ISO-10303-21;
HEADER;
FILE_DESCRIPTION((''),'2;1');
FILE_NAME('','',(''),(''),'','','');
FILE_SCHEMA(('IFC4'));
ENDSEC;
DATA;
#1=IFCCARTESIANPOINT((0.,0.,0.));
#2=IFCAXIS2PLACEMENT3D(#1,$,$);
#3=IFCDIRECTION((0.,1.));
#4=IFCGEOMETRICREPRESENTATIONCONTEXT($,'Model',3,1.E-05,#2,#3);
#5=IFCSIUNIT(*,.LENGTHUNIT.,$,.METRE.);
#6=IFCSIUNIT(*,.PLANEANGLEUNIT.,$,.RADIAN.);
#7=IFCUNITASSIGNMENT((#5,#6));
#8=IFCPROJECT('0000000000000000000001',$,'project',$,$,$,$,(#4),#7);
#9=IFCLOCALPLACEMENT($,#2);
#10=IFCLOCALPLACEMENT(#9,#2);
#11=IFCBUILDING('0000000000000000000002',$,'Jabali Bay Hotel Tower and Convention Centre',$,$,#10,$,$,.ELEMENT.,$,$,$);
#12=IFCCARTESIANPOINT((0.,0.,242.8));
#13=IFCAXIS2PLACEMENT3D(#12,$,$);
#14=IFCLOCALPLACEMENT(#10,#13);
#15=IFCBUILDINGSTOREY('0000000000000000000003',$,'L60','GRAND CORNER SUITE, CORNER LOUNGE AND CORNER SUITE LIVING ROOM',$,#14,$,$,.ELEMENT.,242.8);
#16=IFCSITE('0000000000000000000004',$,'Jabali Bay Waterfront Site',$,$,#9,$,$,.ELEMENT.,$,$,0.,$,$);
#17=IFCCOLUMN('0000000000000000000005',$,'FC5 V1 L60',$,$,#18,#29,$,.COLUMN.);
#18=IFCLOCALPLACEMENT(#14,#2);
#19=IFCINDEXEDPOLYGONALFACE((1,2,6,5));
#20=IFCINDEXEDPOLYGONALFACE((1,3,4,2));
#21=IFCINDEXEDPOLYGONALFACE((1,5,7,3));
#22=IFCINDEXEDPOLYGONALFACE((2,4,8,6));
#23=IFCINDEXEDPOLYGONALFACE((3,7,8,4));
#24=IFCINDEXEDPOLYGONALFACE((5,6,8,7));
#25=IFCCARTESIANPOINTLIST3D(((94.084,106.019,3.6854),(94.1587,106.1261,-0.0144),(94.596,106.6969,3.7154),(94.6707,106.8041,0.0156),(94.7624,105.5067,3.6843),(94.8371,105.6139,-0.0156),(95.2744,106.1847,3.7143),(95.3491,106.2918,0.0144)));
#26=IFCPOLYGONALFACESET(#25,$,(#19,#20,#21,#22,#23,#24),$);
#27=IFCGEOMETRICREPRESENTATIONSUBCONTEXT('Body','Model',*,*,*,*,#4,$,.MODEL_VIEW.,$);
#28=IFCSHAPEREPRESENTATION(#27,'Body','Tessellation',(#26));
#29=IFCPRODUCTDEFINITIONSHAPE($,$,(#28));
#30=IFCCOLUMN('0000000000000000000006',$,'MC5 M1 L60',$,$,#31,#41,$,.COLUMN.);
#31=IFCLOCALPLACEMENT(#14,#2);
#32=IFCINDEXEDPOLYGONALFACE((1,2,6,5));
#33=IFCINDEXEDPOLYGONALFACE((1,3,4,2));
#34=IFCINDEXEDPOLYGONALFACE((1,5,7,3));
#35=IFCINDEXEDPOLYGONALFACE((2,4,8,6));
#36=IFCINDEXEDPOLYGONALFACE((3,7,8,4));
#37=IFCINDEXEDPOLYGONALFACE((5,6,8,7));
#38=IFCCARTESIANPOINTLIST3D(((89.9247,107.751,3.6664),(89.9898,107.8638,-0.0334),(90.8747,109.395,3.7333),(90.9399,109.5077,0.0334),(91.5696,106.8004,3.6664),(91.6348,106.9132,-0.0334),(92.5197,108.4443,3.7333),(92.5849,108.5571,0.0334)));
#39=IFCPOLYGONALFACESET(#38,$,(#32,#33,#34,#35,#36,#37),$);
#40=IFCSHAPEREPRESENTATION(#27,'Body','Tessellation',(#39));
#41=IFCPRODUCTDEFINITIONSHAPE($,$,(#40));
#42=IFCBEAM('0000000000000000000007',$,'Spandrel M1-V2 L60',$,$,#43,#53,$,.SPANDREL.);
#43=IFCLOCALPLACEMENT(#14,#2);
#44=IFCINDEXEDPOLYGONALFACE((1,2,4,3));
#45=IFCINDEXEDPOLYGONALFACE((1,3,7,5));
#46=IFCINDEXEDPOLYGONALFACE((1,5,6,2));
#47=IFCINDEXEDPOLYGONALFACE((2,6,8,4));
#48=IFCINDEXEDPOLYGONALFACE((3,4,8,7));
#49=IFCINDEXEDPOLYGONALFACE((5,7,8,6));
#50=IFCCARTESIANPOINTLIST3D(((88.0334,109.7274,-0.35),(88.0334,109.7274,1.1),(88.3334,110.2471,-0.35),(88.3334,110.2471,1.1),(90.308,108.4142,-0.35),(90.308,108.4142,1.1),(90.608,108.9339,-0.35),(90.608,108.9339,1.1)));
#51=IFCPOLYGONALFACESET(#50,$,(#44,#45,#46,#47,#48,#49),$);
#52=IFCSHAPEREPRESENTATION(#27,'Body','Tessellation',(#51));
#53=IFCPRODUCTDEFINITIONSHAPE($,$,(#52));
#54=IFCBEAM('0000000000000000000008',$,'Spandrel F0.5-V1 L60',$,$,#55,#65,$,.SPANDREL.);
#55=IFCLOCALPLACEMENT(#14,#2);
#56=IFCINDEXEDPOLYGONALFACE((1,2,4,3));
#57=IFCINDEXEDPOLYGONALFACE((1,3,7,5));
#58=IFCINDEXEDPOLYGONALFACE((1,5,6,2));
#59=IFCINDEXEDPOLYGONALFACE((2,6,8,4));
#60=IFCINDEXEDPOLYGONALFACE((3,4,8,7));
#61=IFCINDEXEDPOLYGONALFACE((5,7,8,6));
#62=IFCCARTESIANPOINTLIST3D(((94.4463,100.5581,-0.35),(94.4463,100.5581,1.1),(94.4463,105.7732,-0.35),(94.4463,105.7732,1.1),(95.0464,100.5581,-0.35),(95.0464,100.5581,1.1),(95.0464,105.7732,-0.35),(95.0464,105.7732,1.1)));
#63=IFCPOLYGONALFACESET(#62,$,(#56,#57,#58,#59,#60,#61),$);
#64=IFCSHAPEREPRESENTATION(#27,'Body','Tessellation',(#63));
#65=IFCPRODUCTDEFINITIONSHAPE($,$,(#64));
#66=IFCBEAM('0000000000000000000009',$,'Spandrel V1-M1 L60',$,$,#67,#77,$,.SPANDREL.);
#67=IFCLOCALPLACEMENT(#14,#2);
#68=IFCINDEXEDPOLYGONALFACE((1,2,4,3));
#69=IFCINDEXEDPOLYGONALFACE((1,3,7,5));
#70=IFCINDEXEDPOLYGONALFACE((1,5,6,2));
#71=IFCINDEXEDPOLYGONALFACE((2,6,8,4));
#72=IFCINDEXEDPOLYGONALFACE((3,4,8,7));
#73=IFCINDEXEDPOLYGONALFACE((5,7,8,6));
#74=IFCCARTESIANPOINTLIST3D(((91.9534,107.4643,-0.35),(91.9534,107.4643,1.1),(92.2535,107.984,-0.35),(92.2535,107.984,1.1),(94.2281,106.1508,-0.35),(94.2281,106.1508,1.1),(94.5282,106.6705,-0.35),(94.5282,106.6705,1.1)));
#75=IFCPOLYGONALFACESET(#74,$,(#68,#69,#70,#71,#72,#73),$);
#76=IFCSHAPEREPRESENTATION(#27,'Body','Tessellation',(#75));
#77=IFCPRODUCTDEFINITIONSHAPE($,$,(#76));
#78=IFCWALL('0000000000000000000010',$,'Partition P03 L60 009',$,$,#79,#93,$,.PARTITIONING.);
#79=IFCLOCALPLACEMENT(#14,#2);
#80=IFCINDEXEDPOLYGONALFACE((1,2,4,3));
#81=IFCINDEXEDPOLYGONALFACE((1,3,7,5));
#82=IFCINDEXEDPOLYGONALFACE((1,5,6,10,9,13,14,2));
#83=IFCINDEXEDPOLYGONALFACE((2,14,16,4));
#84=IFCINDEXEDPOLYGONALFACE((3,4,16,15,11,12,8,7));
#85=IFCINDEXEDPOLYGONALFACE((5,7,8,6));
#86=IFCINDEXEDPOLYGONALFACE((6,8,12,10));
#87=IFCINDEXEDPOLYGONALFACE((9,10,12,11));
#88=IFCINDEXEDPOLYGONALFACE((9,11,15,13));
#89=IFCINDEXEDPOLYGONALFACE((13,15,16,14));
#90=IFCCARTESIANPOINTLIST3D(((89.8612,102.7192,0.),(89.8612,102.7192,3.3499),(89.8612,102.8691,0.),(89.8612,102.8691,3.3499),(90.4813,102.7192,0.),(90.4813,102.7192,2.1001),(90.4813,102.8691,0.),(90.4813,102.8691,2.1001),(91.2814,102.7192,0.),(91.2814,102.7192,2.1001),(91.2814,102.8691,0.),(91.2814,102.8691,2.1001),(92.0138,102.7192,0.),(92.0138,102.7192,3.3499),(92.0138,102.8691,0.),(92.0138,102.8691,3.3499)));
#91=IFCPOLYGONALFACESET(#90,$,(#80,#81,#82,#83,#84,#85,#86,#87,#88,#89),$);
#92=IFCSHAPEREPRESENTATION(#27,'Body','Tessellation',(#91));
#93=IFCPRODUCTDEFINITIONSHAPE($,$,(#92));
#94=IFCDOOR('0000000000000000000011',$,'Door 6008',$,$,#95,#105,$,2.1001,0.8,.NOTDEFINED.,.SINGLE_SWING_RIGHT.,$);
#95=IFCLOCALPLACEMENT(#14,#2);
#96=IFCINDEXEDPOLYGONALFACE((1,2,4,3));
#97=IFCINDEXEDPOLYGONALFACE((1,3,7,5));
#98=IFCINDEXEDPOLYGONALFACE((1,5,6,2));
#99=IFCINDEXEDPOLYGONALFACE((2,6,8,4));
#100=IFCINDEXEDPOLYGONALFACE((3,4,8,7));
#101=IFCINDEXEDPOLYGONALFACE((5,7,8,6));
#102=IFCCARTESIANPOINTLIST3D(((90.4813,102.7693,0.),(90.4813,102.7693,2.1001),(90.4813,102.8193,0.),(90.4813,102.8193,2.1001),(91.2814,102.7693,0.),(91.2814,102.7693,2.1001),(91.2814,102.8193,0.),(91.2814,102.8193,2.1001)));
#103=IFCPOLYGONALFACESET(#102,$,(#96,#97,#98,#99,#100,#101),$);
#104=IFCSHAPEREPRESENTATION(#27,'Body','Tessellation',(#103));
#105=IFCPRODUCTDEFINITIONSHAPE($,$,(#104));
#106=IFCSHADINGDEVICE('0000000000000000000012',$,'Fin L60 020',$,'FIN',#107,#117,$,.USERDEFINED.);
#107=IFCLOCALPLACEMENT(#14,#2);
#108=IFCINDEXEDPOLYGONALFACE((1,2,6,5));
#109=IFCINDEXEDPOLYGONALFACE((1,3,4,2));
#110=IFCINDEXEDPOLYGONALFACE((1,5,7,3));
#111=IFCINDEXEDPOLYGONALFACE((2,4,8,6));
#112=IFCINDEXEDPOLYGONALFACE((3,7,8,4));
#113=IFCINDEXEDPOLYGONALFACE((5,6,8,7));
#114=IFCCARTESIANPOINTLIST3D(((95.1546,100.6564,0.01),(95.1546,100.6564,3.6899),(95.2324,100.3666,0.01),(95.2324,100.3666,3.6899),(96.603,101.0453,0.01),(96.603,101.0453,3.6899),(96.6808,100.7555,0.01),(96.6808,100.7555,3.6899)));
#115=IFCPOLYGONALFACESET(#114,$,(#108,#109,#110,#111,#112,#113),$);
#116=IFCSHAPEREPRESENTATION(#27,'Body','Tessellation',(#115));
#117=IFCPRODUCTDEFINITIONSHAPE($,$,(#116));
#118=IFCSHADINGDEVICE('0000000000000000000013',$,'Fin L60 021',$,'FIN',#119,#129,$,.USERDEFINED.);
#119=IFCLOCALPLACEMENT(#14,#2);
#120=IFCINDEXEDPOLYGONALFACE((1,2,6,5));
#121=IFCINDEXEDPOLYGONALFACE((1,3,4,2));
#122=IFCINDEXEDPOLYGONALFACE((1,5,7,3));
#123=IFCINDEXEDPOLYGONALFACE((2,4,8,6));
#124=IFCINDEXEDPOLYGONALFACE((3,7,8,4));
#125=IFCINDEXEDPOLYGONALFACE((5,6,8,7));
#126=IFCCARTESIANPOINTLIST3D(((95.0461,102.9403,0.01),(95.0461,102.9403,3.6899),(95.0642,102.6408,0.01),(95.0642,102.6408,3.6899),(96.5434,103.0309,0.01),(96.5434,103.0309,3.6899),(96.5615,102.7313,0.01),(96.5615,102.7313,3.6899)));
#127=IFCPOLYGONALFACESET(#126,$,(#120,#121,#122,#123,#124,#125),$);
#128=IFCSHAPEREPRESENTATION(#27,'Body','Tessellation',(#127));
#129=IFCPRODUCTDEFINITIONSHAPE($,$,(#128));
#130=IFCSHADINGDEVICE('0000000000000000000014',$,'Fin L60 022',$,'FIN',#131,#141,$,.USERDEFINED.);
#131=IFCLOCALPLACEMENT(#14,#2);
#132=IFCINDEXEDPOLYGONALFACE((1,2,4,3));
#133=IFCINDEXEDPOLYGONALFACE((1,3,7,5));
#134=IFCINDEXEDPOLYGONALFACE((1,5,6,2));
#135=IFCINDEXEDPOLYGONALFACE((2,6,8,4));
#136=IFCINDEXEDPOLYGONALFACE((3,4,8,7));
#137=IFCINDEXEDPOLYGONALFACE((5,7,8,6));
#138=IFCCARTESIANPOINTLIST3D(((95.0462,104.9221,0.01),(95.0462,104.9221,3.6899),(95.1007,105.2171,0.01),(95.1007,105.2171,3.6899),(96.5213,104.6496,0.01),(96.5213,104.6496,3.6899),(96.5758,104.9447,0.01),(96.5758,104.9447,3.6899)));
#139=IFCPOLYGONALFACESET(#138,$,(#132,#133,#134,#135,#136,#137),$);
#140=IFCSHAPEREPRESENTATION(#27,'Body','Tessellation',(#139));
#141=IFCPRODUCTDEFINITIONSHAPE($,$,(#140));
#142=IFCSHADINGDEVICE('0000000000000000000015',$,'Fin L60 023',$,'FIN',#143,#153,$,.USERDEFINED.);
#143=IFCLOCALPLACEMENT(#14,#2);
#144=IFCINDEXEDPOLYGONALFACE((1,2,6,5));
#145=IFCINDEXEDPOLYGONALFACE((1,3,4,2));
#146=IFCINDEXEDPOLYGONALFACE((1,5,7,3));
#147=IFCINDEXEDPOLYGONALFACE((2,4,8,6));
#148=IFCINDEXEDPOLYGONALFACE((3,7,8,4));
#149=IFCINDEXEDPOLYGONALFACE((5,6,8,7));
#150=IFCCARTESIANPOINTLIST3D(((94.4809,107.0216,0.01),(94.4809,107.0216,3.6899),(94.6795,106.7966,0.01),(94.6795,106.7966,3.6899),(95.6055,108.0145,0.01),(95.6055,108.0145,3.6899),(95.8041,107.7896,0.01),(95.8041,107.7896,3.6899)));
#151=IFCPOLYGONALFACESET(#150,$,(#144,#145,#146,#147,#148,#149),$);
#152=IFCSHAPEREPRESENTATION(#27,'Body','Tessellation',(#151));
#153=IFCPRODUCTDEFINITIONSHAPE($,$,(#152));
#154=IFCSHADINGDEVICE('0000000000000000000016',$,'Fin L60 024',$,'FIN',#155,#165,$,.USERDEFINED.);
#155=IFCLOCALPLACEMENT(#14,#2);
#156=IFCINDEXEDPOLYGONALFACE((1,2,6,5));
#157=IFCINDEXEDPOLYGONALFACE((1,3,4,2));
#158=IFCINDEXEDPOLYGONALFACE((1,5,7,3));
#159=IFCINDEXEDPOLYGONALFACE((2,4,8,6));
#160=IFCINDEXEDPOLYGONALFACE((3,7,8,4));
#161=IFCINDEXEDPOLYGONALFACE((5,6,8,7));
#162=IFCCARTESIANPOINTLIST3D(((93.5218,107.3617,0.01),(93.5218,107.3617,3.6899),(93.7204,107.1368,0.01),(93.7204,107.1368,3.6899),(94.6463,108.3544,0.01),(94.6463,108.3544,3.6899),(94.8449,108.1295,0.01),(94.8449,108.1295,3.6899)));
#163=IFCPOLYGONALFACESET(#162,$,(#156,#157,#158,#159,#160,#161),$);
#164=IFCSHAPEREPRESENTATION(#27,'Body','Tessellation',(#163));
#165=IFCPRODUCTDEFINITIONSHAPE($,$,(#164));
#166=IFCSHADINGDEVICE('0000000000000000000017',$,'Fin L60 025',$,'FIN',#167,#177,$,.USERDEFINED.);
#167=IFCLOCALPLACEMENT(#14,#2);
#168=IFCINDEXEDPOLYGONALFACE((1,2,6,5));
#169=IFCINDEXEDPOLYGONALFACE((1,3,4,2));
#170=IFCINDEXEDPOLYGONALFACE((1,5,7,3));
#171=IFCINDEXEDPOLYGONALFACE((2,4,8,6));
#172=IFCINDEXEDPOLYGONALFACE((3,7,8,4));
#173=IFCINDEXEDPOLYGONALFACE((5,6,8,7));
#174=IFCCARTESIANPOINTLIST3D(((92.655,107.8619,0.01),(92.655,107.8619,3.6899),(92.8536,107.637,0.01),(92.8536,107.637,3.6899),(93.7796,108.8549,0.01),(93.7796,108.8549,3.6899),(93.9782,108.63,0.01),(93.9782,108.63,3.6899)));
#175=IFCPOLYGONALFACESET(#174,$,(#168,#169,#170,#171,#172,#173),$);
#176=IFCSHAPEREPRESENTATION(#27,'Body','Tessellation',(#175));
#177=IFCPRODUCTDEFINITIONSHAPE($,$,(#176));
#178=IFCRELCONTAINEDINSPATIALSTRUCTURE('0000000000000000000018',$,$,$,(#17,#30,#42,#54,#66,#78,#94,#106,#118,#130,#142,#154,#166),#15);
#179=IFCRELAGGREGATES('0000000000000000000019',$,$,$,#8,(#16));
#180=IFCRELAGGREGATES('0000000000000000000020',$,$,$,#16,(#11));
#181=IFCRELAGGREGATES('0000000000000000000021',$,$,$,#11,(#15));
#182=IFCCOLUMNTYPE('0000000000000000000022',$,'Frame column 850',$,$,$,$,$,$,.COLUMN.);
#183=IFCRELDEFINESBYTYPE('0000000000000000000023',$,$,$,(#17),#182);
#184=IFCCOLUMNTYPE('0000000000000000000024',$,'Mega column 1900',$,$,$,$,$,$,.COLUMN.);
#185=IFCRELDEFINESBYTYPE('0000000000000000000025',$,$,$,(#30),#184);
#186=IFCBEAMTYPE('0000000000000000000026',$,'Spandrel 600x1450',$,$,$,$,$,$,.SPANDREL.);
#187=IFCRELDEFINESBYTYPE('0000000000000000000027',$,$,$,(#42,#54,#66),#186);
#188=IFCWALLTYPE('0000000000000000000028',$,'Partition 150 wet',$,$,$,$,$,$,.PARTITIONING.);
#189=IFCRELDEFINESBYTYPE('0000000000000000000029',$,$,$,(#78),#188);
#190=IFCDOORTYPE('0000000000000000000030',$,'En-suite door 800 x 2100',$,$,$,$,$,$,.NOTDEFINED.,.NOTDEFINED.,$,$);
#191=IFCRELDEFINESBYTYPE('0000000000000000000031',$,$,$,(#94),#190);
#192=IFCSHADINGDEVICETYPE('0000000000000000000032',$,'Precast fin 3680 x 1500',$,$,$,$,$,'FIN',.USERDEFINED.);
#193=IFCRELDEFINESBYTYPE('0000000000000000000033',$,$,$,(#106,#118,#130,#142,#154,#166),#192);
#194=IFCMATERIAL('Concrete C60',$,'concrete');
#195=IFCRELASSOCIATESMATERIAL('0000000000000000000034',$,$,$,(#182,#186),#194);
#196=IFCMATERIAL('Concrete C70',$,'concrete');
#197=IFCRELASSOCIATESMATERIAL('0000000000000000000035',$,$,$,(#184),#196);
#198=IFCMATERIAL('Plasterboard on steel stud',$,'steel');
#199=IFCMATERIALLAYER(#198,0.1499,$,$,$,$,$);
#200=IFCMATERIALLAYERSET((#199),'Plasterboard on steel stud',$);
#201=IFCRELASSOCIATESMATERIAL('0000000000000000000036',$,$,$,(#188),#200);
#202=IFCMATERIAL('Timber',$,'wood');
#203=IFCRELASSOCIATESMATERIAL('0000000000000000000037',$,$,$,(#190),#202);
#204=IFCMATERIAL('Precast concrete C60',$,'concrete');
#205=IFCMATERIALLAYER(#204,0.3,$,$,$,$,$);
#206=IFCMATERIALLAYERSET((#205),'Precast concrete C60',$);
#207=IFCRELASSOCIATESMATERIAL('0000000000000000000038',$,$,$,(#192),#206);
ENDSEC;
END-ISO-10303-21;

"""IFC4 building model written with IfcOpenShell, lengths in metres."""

from ifc_helpers import new_model, si_unit, direction, frame, frame_2d, origin, origin_2d, place, context, subcontext, project, spatial, rectangle, extrude, material, layer, layer_set, material_profile, profile_set, type_object, element, fill, save


model = new_model("IFC4")

# Units and contexts
model_context = context("Model", 3, precision=1e-05, world=origin(), true_north=direction((0.0, 1.0)))
body_context = subcontext(model_context, "Body", "Model", "MODEL_VIEW")
ifc_project = project(units=[si_unit("LENGTHUNIT", "METRE"), si_unit("PLANEANGLEUNIT", "RADIAN")], contexts=[model_context])

# Site, building, storey
site_placement = place(None, origin())
site = spatial("IfcSite", under=ifc_project, at=site_placement, Name="Jabali Bay Waterfront Site", CompositionType="ELEMENT", RefElevation=0.0)
building_placement = place(site_placement, origin())
building = spatial("IfcBuilding", under=site, at=building_placement, Name="Jabali Bay Hotel Tower and Convention Centre", CompositionType="ELEMENT")
storey_placement = place(building_placement, frame((0.0, 0.0, 242.8)))
storey = spatial("IfcBuildingStorey", under=building, at=storey_placement, Name="L60", Description="GRAND CORNER SUITE, CORNER LOUNGE AND CORNER SUITE LIVING ROOM", CompositionType="ELEMENT", Elevation=242.8)

# Columns
ifc_material_1 = material(Name="Concrete C60", Category="concrete")
ifc_material_profile_1 = material_profile(ifc_material_1, rectangle(XDim=0.8501, YDim=0.8501, at=origin_2d()), Name="Frame column 850")
ifc_profile_set_1 = profile_set([ifc_material_profile_1], Name="Concrete C60")
column_type_1 = type_object("IfcColumnType", Name="Frame column 850", PredefinedType="COLUMN", material=ifc_profile_set_1)
column_1_placement = place(storey_placement, frame((94.7539, 106.209, 0.0), z_axis=(-0.020179, -0.028949, 0.999377), x_axis=(0.602259, 0.797522, 0.035263)))
element("IfcColumn", 1, at=column_1_placement, inside=storey, type_object=column_type_1, Name="FC5 V1 L60", PredefinedType="COLUMN", context=body_context, shape_type="SweptSolid", body=[
    extrude(rectangle(XDim=0.8501, YDim=0.8501, at=origin_2d()), origin(), (0.0, 0.0, 1.0), 3.7021),
])
ifc_material_2 = material(Name="Concrete C70", Category="concrete")
ifc_material_profile_2 = material_profile(ifc_material_2, rectangle(XDim=1.8999, YDim=1.8999, at=origin_2d()), Name="Mega column 1900")
ifc_profile_set_2 = profile_set([ifc_material_profile_2], Name="Concrete C70")
column_type_2 = type_object("IfcColumnType", Name="Mega column 1900", PredefinedType="COLUMN", material=ifc_profile_set_2)
column_2_placement = place(storey_placement, frame((91.2874, 108.2104, 0.0), z_axis=(-0.017607, -0.030466, 0.999381), x_axis=(0.865811, -0.500371, 0.0)))
element("IfcColumn", 2, at=column_2_placement, inside=storey, type_object=column_type_2, Name="MC5 M1 L60", PredefinedType="COLUMN", context=body_context, shape_type="SweptSolid", body=[
    extrude(rectangle(XDim=1.8999, YDim=1.8999, at=origin_2d()), origin(), (0.0, 0.0, 1.0), 3.7021),
])

# Beams
ifc_material_profile_3 = material_profile(ifc_material_1, rectangle(XDim=0.6001, YDim=1.45, at=origin_2d()), Name="Spandrel 600x1450")
ifc_profile_set_3 = profile_set([ifc_material_profile_3], Name="Concrete C60")
beam_type = type_object("IfcBeamType", Name="Spandrel 600x1450", PredefinedType="SPANDREL", material=ifc_profile_set_3)
beam_1_placement = place(storey_placement, frame((90.458, 108.6741, 0.375), z_axis=(-0.866032, 0.499988, 0.0), x_axis=(-0.499988, -0.866032, 0.0)))
element("IfcBeam", 3, at=beam_1_placement, inside=storey, type_object=beam_type, Name="Spandrel M1-V2 L60", PredefinedType="SPANDREL", context=body_context, shape_type="SweptSolid", body=[
    extrude(rectangle(XDim=0.6001, YDim=1.45, at=origin_2d()), origin(), (0.0, 0.0, 1.0), 2.6265),
])
beam_2_placement = place(storey_placement, frame((94.7463, 100.5581, 0.375), z_axis=(0.0, 1.0, 0.0), x_axis=(-1.0, 0.0, 0.0)))
element("IfcBeam", 4, at=beam_2_placement, inside=storey, type_object=beam_type, Name="Spandrel F0.5-V1 L60", PredefinedType="SPANDREL", context=body_context, shape_type="SweptSolid", body=[
    extrude(rectangle(XDim=0.6001, YDim=1.45, at=origin_2d()), origin(), (0.0, 0.0, 1.0), 5.2151),
])
beam_3_placement = place(storey_placement, frame((94.3782, 106.4106, 0.375), z_axis=(-0.865992, 0.500058, 0.0), x_axis=(-0.500058, -0.865992, 0.0)))
element("IfcBeam", 5, at=beam_3_placement, inside=storey, type_object=beam_type, Name="Spandrel V1-M1 L60", PredefinedType="SPANDREL", context=body_context, shape_type="SweptSolid", body=[
    extrude(rectangle(XDim=0.6001, YDim=1.45, at=origin_2d()), origin(), (0.0, 0.0, 1.0), 2.6267),
])

# Wall, opening, door
ifc_material_3 = material(Name="Plasterboard on steel stud", Category="steel")
ifc_layer_1 = layer(ifc_material_3, 0.1499)
ifc_layer_set_1 = layer_set([ifc_layer_1], Name="Plasterboard on steel stud")
wall_type_1 = type_object("IfcWallType", Name="Partition 150 wet", PredefinedType="PARTITIONING", material=ifc_layer_set_1)
wall_1_placement = place(storey_placement, frame((92.0137, 102.7942, 0.0), z_axis=(0.0, 0.0, 1.0), x_axis=(-1.0, 0.0, 0.0)))
wall_1 = element("IfcWall", 6, at=wall_1_placement, inside=storey, type_object=wall_type_1, Name="Partition P03 L60 009", PredefinedType="PARTITIONING", context=body_context, shape_type="SweptSolid", body=[
    extrude(rectangle(XDim=2.1526, YDim=0.1499, at=frame_2d((1.0762, 0.0))), origin(), (0.0, 0.0, 1.0), 3.3499),
])
opening_1_placement = place(wall_1_placement, frame((0.7324, 0.0, 0.0)))
opening_1 = element("IfcOpeningElement", 7, at=opening_1_placement, cuts=wall_1, PredefinedType="OPENING", context=body_context, shape_type="SweptSolid", body=[
    extrude(rectangle(XDim=0.8, YDim=2.1001, at=frame_2d((0.3999, 1.05))), frame((0.0, 0.0854, 0.0), z_axis=(0.0, -1.0, 0.0), x_axis=(1.0, 0.0, 0.0)), (0.0, 0.0, 1.0), 0.1709),
])
ifc_material_4 = material(Name="Timber", Category="wood")
door_type_1 = type_object("IfcDoorType", Name="En-suite door 800 x 2100", OperationType="NOTDEFINED", PredefinedType="NOTDEFINED", material=ifc_material_4)
door_1_placement = place(opening_1_placement, origin())
door_1 = element("IfcDoor", 8, at=door_1_placement, inside=storey, type_object=door_type_1, Name="Door 6008", OperationType="SINGLE_SWING_RIGHT", OverallHeight=2.1001, OverallWidth=0.8, PredefinedType="NOTDEFINED", context=body_context, shape_type="SweptSolid", body=[
    extrude(rectangle(XDim=0.8, YDim=2.1001, at=frame_2d((0.3999, 1.05))), frame((0.0, 0.0249, 0.0), z_axis=(0.0, -1.0, 0.0), x_axis=(1.0, 0.0, 0.0)), (0.0, 0.0, 1.0), 0.05),
])
fill(opening_1, door_1)

# Shading devices
ifc_material_5 = material(Name="Precast concrete C60", Category="concrete")
ifc_layer_2 = layer(ifc_material_5, 0.3)
ifc_layer_set_2 = layer_set([ifc_layer_2], Name="Precast concrete C60")
shading_device_type = type_object("IfcShadingDeviceType", Name="Precast fin 3680 x 1500", ElementType="FIN", PredefinedType="USERDEFINED", material=ifc_layer_set_2)
shading_device_1_placement = place(storey_placement, frame((95.1934, 100.5115, 0.01), z_axis=(0.0, 0.0, 1.0), x_axis=(0.965793, 0.259314, 0.0)))
element("IfcShadingDevice", 9, at=shading_device_1_placement, inside=storey, type_object=shading_device_type, Name="Fin L60 020", ObjectType="FIN", PredefinedType="USERDEFINED", context=body_context, shape_type="SweptSolid", body=[
    extrude(rectangle(XDim=1.4998, YDim=0.3, at=frame_2d((0.75, 0.0))), origin(), (0.0, 0.0, 1.0), 3.6799),
])
for number, where, z_axis, x_axis, name in (
    (10, (95.0552, 102.7905, 0.01), (0.0, 0.0, 1.0), (0.998175, 0.060382, 0.0), "Fin L60 021"),
    (11, (95.0735, 105.0696, 0.01), (0.0, 0.0, 1.0), (0.983366, -0.181635, 0.0), "Fin L60 022"),
):
    element("IfcShadingDevice", number, at=place(storey_placement, frame(where, z_axis=z_axis, x_axis=x_axis)), inside=storey, type_object=shading_device_type, Name=name, ObjectType="FIN", PredefinedType="USERDEFINED", context=body_context, shape_type="SweptSolid", body=[
        extrude(rectangle(XDim=1.5, YDim=0.3, at=frame_2d((0.75, 0.0))), origin(), (0.0, 0.0, 1.0), 3.6799),
    ])
shading_device_2_placement = place(storey_placement, frame((94.5803, 106.9092, 0.01), z_axis=(0.0, 0.0, 1.0), x_axis=(0.749605, 0.661885, 0.0)))
element("IfcShadingDevice", 12, at=shading_device_2_placement, inside=storey, type_object=shading_device_type, Name="Fin L60 023", ObjectType="FIN", PredefinedType="USERDEFINED", context=body_context, shape_type="SweptSolid", body=[
    extrude(rectangle(XDim=1.5002, YDim=0.3, at=frame_2d((0.75, 0.0))), origin(), (0.0, 0.0, 1.0), 3.6799),
])
shading_device_3_placement = place(storey_placement, frame((93.6211, 107.2493, 0.01), z_axis=(0.0, 0.0, 1.0), x_axis=(0.749686, 0.661794, 0.0)))
element("IfcShadingDevice", 13, at=shading_device_3_placement, inside=storey, type_object=shading_device_type, Name="Fin L60 024", ObjectType="FIN", PredefinedType="USERDEFINED", context=body_context, shape_type="SweptSolid", body=[
    extrude(rectangle(XDim=1.5, YDim=0.3, at=frame_2d((0.75, 0.0))), origin(), (0.0, 0.0, 1.0), 3.6799),
])
for number, where, z_axis, x_axis, name in (
    (14, (92.7544, 107.7495, 0.01), (0.0, 0.0, 1.0), (0.749605, 0.661885, 0.0), "Fin L60 025"),
):
    element("IfcShadingDevice", number, at=place(storey_placement, frame(where, z_axis=z_axis, x_axis=x_axis)), inside=storey, type_object=shading_device_type, Name=name, ObjectType="FIN", PredefinedType="USERDEFINED", context=body_context, shape_type="SweptSolid", body=[
        extrude(rectangle(XDim=1.5002, YDim=0.3, at=frame_2d((0.75, 0.0))), origin(), (0.0, 0.0, 1.0), 3.6799),
    ])

save(model, "model.ifc")
